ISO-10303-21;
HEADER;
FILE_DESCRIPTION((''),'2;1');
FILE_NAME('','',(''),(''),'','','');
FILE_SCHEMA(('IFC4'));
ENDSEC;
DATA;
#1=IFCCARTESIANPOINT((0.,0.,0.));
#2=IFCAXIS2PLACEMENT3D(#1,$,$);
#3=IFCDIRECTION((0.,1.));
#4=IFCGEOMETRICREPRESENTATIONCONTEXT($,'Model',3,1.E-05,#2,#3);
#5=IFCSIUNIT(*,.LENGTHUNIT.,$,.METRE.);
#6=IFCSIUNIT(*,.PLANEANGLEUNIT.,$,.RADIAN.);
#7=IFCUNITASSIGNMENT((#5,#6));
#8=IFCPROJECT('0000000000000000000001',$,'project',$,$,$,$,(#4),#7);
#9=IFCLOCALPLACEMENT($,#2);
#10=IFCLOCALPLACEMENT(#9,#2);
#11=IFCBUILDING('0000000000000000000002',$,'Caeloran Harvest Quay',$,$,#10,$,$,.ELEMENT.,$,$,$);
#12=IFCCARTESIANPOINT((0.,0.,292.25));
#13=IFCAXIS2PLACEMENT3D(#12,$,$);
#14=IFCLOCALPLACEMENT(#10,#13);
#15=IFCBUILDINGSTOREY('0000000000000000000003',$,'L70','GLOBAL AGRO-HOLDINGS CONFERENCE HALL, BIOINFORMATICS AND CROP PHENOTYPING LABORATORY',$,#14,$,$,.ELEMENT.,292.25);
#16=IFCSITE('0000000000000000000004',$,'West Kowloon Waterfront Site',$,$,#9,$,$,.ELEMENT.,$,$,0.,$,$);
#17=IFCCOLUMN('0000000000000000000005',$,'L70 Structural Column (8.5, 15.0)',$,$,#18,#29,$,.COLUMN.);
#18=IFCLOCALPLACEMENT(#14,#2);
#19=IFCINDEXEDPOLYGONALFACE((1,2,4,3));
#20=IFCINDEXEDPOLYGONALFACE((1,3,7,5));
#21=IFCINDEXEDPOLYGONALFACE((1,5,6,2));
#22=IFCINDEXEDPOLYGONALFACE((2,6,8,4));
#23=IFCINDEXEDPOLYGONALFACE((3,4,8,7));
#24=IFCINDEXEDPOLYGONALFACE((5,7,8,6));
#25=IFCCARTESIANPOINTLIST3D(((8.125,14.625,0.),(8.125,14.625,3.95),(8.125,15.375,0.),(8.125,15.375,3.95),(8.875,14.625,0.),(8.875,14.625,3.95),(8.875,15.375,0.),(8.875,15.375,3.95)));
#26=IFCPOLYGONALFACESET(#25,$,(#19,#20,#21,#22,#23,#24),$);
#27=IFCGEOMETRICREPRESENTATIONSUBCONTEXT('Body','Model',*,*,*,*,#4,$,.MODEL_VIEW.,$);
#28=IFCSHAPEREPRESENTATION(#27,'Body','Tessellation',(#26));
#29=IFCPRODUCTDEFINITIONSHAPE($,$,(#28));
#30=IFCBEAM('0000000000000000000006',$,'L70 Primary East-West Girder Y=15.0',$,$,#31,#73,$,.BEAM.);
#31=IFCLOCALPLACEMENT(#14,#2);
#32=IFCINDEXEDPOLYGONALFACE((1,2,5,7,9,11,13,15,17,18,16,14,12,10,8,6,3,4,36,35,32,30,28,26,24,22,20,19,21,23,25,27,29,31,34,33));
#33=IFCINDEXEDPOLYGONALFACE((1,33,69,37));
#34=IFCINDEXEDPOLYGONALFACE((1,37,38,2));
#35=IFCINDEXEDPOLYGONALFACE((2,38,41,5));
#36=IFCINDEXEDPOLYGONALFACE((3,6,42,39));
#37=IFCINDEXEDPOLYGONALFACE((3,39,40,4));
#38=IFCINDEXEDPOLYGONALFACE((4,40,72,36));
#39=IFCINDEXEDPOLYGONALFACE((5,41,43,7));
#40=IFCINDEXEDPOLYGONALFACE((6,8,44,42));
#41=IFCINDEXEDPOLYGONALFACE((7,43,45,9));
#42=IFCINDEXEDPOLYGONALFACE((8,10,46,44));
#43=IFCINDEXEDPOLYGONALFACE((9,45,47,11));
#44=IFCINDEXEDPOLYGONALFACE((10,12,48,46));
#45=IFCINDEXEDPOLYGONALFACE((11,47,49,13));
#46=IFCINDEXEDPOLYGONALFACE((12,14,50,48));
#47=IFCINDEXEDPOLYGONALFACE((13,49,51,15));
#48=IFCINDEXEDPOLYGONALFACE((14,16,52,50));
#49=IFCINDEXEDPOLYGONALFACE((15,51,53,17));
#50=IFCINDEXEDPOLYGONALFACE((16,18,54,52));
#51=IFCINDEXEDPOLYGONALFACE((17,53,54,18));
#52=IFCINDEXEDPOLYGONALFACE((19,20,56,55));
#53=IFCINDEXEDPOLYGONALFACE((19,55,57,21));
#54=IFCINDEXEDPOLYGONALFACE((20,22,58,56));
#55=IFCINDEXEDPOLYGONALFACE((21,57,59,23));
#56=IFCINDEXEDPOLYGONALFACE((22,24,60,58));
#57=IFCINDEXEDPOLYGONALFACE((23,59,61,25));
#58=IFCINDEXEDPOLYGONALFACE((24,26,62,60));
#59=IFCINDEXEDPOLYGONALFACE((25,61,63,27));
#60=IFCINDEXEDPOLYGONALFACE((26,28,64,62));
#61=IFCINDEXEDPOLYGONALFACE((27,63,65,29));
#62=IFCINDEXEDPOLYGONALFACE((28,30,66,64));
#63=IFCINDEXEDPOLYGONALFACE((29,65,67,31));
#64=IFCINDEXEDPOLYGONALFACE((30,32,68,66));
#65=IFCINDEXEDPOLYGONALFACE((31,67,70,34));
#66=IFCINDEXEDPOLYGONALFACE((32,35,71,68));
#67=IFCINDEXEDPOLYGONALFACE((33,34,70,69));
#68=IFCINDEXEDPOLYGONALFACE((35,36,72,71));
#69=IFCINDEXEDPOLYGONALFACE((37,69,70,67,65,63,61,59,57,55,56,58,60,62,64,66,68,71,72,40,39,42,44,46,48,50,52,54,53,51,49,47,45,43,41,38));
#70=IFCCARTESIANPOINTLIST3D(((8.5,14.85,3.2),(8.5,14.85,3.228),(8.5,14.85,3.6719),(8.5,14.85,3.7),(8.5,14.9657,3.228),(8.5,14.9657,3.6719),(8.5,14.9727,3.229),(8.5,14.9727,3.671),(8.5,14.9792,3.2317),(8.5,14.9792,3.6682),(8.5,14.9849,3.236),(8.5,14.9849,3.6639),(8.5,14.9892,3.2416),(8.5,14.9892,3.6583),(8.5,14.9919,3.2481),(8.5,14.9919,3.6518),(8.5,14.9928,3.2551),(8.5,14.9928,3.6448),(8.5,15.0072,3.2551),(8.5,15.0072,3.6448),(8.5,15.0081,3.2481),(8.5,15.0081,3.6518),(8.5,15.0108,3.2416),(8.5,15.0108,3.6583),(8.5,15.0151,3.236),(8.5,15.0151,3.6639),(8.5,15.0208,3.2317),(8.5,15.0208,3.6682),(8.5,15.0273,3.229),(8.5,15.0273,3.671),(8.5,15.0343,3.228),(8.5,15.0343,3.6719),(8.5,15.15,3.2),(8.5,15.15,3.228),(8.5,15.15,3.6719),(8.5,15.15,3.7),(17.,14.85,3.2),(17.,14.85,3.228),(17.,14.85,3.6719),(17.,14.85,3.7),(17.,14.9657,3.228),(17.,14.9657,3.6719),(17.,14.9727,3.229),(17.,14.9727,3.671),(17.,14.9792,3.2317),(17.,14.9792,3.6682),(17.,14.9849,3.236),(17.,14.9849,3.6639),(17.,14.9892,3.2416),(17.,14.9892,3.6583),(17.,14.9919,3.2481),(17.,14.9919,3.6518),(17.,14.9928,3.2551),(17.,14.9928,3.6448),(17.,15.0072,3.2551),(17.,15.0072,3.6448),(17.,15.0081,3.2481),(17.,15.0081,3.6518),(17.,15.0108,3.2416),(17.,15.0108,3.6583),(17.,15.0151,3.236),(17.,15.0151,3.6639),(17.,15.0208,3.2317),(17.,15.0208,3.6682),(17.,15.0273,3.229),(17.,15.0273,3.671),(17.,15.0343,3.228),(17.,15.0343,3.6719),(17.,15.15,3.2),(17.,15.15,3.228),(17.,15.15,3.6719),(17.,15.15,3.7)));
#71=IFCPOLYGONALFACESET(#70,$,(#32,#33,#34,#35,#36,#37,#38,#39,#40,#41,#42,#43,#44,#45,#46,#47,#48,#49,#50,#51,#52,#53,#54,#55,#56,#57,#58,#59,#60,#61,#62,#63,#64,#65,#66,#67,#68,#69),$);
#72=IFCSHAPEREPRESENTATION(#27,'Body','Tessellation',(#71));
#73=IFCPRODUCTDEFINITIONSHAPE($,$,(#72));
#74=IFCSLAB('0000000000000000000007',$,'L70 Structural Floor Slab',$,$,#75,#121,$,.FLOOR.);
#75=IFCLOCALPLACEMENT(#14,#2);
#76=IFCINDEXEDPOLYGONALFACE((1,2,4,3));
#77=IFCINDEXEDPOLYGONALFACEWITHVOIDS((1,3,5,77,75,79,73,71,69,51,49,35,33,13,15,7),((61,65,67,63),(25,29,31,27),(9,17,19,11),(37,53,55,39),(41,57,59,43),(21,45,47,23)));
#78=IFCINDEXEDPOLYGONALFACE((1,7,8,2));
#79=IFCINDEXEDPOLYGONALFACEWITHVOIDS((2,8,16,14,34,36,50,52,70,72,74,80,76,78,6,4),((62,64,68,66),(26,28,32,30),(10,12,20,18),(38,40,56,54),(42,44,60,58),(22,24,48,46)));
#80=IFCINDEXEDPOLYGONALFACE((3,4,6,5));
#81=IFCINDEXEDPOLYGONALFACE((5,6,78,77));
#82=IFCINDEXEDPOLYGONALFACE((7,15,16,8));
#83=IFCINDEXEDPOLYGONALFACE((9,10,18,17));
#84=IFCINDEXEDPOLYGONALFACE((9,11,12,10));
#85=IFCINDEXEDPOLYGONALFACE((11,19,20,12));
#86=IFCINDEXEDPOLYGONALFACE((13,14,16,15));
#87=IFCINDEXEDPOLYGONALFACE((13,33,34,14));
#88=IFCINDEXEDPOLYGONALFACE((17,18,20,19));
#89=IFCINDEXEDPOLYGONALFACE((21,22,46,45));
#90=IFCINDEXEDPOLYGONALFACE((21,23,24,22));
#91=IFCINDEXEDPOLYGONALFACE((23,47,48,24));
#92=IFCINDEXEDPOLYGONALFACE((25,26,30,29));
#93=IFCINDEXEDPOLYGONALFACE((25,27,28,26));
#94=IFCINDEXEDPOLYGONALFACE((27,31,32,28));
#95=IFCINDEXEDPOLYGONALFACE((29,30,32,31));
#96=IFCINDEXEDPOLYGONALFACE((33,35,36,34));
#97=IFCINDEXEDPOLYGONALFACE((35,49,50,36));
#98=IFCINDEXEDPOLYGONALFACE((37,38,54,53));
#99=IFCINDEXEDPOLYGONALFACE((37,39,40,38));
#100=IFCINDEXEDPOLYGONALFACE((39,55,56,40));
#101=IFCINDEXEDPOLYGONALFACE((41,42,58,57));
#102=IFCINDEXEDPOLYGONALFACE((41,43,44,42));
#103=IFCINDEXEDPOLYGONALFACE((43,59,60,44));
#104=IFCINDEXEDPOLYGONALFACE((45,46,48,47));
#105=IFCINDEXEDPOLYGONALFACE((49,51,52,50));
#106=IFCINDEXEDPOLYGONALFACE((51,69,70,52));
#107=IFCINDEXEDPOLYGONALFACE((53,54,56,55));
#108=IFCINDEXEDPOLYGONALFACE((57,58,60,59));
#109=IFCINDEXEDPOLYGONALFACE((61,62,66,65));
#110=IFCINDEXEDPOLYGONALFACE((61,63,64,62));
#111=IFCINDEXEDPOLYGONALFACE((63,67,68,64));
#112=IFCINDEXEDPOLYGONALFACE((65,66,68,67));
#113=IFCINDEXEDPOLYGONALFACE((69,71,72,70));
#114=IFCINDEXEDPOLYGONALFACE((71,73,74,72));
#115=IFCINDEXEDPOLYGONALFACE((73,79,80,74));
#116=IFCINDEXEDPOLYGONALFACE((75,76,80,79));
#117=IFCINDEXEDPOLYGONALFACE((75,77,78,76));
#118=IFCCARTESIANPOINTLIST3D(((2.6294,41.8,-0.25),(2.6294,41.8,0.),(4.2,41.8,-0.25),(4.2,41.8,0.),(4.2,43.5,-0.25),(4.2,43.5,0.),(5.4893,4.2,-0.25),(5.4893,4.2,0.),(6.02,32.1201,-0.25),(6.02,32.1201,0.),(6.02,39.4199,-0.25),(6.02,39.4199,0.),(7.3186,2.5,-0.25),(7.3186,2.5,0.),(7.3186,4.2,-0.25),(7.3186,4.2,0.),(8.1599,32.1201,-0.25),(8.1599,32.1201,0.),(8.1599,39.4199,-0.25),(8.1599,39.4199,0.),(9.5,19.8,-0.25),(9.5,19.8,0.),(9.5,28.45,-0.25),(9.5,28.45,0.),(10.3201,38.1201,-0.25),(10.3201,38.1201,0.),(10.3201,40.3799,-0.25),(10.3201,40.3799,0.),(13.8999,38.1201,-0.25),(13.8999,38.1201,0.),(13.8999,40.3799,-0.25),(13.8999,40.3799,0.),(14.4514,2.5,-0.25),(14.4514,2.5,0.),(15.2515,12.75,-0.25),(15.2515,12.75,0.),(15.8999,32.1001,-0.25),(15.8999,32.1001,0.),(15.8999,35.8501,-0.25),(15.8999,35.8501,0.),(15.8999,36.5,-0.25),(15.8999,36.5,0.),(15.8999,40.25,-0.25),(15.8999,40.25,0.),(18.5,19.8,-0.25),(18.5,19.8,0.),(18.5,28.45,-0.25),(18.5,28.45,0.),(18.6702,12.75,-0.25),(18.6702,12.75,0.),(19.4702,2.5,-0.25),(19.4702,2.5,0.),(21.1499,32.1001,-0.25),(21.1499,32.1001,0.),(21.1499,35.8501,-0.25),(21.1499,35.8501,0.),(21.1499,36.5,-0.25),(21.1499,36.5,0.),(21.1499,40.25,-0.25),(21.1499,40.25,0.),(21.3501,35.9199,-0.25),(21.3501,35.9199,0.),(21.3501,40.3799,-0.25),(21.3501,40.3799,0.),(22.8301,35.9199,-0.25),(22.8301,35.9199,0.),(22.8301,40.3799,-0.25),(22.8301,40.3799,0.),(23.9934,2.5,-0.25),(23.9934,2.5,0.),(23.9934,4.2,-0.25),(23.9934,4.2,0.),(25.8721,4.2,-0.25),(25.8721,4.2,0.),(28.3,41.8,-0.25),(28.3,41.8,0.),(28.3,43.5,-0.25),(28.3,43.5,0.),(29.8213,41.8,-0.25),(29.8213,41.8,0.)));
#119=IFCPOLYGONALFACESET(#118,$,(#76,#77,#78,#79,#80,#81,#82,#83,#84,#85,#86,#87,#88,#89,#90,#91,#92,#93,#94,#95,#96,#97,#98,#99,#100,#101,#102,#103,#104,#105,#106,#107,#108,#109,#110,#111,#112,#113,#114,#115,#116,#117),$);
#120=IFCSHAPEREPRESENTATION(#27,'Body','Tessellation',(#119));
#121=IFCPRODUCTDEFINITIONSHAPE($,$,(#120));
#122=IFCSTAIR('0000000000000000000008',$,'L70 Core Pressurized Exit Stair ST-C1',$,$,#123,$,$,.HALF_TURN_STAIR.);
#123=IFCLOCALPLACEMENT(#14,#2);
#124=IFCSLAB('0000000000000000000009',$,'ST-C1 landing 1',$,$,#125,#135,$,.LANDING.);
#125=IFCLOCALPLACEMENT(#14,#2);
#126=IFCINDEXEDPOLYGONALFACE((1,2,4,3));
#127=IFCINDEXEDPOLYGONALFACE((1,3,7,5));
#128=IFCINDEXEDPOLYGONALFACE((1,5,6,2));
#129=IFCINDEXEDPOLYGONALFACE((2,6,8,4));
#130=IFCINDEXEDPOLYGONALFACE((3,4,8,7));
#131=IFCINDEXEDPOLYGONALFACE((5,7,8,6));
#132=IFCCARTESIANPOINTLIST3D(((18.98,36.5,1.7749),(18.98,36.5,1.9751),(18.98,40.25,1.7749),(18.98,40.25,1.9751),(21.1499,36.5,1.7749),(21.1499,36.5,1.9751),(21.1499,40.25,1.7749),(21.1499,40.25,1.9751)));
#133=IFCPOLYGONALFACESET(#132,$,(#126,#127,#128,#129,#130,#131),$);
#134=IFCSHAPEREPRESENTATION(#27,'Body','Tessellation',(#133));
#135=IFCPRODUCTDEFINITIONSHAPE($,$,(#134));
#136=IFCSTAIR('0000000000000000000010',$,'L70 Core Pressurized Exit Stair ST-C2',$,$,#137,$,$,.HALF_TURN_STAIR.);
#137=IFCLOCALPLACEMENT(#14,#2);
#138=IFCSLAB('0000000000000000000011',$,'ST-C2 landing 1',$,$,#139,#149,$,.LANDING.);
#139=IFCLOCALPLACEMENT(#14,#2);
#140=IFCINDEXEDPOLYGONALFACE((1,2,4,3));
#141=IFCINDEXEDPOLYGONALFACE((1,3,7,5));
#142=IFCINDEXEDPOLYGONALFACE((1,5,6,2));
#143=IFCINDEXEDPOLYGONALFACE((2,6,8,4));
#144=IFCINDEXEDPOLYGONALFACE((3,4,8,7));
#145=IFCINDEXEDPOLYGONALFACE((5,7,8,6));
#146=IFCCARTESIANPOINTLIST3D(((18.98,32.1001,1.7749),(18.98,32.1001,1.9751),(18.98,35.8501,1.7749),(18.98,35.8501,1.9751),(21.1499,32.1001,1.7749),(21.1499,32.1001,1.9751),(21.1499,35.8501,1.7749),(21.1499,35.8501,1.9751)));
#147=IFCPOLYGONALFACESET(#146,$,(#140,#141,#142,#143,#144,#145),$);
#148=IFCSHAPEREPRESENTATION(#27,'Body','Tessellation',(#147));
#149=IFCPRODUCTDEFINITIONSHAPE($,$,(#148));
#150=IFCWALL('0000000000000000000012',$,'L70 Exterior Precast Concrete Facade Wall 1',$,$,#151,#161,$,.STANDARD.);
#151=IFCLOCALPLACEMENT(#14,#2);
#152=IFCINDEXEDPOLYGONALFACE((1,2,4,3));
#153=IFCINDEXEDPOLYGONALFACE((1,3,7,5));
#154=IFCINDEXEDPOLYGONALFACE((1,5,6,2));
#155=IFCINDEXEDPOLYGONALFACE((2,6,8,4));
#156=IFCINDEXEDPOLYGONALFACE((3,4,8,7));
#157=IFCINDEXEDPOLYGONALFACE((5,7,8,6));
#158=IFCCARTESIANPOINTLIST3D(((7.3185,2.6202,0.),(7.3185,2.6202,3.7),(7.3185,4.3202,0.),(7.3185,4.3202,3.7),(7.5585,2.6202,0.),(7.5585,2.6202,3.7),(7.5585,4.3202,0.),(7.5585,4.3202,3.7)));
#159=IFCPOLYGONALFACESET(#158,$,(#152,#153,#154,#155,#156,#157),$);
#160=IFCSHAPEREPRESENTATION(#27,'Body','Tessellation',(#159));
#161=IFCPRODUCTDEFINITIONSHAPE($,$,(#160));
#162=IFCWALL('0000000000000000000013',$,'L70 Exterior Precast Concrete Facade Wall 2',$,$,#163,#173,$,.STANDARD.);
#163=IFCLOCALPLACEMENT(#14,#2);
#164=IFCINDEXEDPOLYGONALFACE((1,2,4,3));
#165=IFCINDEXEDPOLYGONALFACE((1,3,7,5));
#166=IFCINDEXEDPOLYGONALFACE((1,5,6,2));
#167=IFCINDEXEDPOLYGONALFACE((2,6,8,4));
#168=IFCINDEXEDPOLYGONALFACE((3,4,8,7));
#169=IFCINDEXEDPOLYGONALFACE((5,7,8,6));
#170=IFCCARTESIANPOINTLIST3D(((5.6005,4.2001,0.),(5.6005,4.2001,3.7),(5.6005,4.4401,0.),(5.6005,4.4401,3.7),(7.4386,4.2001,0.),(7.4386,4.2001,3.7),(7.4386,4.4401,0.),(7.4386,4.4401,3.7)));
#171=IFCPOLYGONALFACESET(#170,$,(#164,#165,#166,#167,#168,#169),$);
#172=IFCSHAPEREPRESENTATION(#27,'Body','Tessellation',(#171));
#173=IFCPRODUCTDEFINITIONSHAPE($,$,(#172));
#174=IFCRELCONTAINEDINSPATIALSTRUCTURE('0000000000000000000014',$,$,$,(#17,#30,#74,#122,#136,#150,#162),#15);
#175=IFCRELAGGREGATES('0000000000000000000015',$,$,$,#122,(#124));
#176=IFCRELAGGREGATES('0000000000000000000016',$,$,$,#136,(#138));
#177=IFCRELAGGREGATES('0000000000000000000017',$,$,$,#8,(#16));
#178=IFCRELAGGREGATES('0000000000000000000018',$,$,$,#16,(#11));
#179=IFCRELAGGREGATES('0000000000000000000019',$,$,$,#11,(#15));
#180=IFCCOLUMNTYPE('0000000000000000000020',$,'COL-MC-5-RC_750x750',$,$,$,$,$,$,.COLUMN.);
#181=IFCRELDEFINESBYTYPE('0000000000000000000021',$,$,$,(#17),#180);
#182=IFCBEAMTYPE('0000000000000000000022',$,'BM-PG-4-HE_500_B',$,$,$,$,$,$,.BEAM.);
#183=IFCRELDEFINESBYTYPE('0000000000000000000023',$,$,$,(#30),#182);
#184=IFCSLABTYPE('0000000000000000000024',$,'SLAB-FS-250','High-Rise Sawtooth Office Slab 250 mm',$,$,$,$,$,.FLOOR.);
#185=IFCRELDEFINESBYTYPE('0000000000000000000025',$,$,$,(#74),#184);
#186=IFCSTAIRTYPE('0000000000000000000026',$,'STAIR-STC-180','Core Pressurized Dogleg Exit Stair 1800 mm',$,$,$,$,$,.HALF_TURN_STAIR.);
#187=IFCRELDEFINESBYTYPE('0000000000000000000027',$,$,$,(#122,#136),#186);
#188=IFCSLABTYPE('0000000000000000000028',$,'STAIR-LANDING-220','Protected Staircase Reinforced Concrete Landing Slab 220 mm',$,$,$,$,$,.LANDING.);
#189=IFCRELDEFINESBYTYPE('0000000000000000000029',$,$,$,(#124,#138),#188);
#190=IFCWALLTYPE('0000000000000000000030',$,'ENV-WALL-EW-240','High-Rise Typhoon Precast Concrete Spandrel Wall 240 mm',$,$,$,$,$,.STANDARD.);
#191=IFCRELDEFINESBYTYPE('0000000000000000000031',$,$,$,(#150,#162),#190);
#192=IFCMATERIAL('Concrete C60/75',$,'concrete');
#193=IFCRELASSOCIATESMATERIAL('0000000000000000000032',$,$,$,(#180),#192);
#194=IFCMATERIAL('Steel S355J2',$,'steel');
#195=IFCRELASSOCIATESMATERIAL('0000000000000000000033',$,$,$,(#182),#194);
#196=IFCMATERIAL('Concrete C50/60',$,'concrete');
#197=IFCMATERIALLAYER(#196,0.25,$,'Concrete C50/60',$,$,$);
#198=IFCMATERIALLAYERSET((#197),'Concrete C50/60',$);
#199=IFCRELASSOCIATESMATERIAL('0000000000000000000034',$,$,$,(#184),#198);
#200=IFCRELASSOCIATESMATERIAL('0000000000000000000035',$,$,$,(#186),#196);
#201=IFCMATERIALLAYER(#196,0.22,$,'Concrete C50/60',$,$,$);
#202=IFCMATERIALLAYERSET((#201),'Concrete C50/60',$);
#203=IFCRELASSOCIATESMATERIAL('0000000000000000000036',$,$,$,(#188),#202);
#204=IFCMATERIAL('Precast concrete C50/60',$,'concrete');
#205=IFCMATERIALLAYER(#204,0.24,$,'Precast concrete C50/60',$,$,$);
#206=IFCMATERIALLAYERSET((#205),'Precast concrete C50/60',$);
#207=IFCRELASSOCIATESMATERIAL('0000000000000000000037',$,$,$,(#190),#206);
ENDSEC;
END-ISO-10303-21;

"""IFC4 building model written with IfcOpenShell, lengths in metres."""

from ifc_helpers import new_model, si_unit, direction, frame, frame_2d, origin, origin_2d, place, context, subcontext, project, spatial, polyline, rectangle, i_section, outline, extrude, material, layer, layer_set, material_profile, profile_set, type_object, element, aggregate, save


model = new_model("IFC4")

# Units and contexts
model_context = context("Model", 3, precision=1e-05, world=origin(), true_north=direction((0.0, 1.0)))
body_context = subcontext(model_context, "Body", "Model", "MODEL_VIEW")
ifc_project = project(units=[si_unit("LENGTHUNIT", "METRE"), si_unit("PLANEANGLEUNIT", "RADIAN")], contexts=[model_context])

# Site, building, storey
site_placement = place(None, origin())
site = spatial("IfcSite", under=ifc_project, at=site_placement, Name="West Kowloon Waterfront Site", CompositionType="ELEMENT", RefElevation=0.0)
building_placement = place(site_placement, origin())
building = spatial("IfcBuilding", under=site, at=building_placement, Name="Caeloran Harvest Quay", CompositionType="ELEMENT")
storey_placement = place(building_placement, frame((0.0, 0.0, 292.25)))
storey = spatial("IfcBuildingStorey", under=building, at=storey_placement, Name="L70", Description="GLOBAL AGRO-HOLDINGS CONFERENCE HALL, BIOINFORMATICS AND CROP PHENOTYPING LABORATORY", CompositionType="ELEMENT", Elevation=292.25)

# Column
ifc_material_1 = material(Name="Concrete C60/75", Category="concrete")
ifc_material_profile_1 = material_profile(ifc_material_1, rectangle(XDim=0.75, YDim=0.75, at=origin_2d()), Name="RC 750x750")
ifc_profile_set_1 = profile_set([ifc_material_profile_1], Name="Concrete C60/75")
column_type = type_object("IfcColumnType", Name="COL-MC-5-RC_750x750", PredefinedType="COLUMN", material=ifc_profile_set_1)
column_placement = place(storey_placement, frame((8.5, 15.0, 0.0), z_axis=(0.0, 0.0, 1.0), x_axis=(1.0, 0.0, 0.0)))
element("IfcColumn", 1, at=column_placement, inside=storey, type_object=column_type, Name="L70 Structural Column (8.5, 15.0)", PredefinedType="COLUMN", context=body_context, shape_type="SweptSolid", body=[
    extrude(rectangle(XDim=0.75, YDim=0.75, at=origin_2d()), origin(), (0.0, 0.0, 1.0), 3.95),
])

# Beam
ifc_material_2 = material(Name="Steel S355J2", Category="steel")
ifc_material_profile_2 = material_profile(ifc_material_2, i_section(OverallWidth=0.3, OverallDepth=0.5, WebThickness=0.0144, FlangeThickness=0.0281, FilletRadius=0.0271, at=origin_2d()), Name="HE 500 B")
ifc_profile_set_2 = profile_set([ifc_material_profile_2], Name="Steel S355J2")
beam_type = type_object("IfcBeamType", Name="BM-PG-4-HE_500_B", PredefinedType="BEAM", material=ifc_profile_set_2)
beam_placement = place(storey_placement, frame((8.5, 15.0, 3.45), z_axis=(1.0, 0.0, 0.0), x_axis=(0.0, 1.0, 0.0)))
element("IfcBeam", 2, at=beam_placement, inside=storey, type_object=beam_type, Name="L70 Primary East-West Girder Y=15.0", PredefinedType="BEAM", context=body_context, shape_type="SweptSolid", body=[
    extrude(i_section(OverallWidth=0.3, OverallDepth=0.5, WebThickness=0.0144, FlangeThickness=0.0281, FilletRadius=0.0271, at=origin_2d()), origin(), (0.0, 0.0, 1.0), 8.5),
])

# Slab
ifc_material_3 = material(Name="Concrete C50/60", Category="concrete")
ifc_layer_1 = layer(ifc_material_3, 0.25, Name="Concrete C50/60")
ifc_layer_set_1 = layer_set([ifc_layer_1], Name="Concrete C50/60")
slab_type_1 = type_object("IfcSlabType", Name="SLAB-FS-250", Description="High-Rise Sawtooth Office Slab 250 mm", PredefinedType="FLOOR", material=ifc_layer_set_1)
slab_1_placement = place(storey_placement, frame((0.0, 0.0, -0.25)))
element("IfcSlab", 3, at=slab_1_placement, inside=storey, type_object=slab_type_1, Name="L70 Structural Floor Slab", PredefinedType="FLOOR", context=body_context, shape_type="SweptSolid", body=[
    extrude(outline(polyline([(7.3186, 2.5), (14.4514, 2.5), (15.2515, 12.75), (18.6702, 12.75), (19.4702, 2.5), (23.9934, 2.5), (23.9934, 4.2), (25.8721, 4.2), (29.8213, 41.8), (28.3, 41.8), (28.3, 43.5), (4.2, 43.5), (4.2, 41.8), (2.6294, 41.8), (5.4893, 4.2), (7.3186, 4.2), (7.3186, 2.5)]), holes=[polyline([(18.5, 28.45), (18.5, 19.8), (9.5, 19.8), (9.5, 28.45), (18.5, 28.45)]), polyline([(15.8999, 32.1001), (15.8999, 35.8501), (21.1499, 35.8501), (21.1499, 32.1001), (15.8999, 32.1001)]), polyline([(8.1599, 32.1201), (6.02, 32.1201), (6.02, 39.4199), (8.1599, 39.4199), (8.1599, 32.1201)]), polyline([(22.8301, 40.3799), (22.8301, 35.9199), (21.3501, 35.9199), (21.3501, 40.3799), (22.8301, 40.3799)]), polyline([(15.8999, 36.5), (15.8999, 40.25), (21.1499, 40.25), (21.1499, 36.5), (15.8999, 36.5)]), polyline([(13.8999, 38.1201), (10.3201, 38.1201), (10.3201, 40.3799), (13.8999, 40.3799), (13.8999, 38.1201)])]), origin(), (0.0, 0.0, 1.0), 0.25),
])

# Stairs, slabs
stair_type = type_object("IfcStairType", Name="STAIR-STC-180", Description="Core Pressurized Dogleg Exit Stair 1800 mm", PredefinedType="HALF_TURN_STAIR", material=ifc_material_3)
stair_1_placement = place(storey_placement, origin())
stair_1 = element("IfcStair", 4, at=stair_1_placement, inside=storey, type_object=stair_type, Name="L70 Core Pressurized Exit Stair ST-C1", PredefinedType="HALF_TURN_STAIR")
ifc_layer_2 = layer(ifc_material_3, 0.22, Name="Concrete C50/60")
ifc_layer_set_2 = layer_set([ifc_layer_2], Name="Concrete C50/60")
slab_type_2 = type_object("IfcSlabType", Name="STAIR-LANDING-220", Description="Protected Staircase Reinforced Concrete Landing Slab 220 mm", PredefinedType="LANDING", material=ifc_layer_set_2)
slab_2_placement = place(storey_placement, frame((0.0, 0.0, 1.7749)))
slab_2 = element("IfcSlab", 5, at=slab_2_placement, type_object=slab_type_2, Name="ST-C1 landing 1", PredefinedType="LANDING", context=body_context, shape_type="SweptSolid", body=[
    extrude(outline(polyline([(18.98, 36.5), (21.1499, 36.5), (21.1499, 40.25), (18.98, 40.25), (18.98, 36.5)])), origin(), (0.0, 0.0, 1.0), 0.2002),
])
aggregate(stair_1, [slab_2])
stair_2_placement = place(storey_placement, origin())
stair_2 = element("IfcStair", 6, at=stair_2_placement, inside=storey, type_object=stair_type, Name="L70 Core Pressurized Exit Stair ST-C2", PredefinedType="HALF_TURN_STAIR")
slab_3_placement = place(storey_placement, frame((0.0, 0.0, 1.7749)))
slab_3 = element("IfcSlab", 7, at=slab_3_placement, type_object=slab_type_2, Name="ST-C2 landing 1", PredefinedType="LANDING", context=body_context, shape_type="SweptSolid", body=[
    extrude(outline(polyline([(18.98, 32.1001), (21.1499, 32.1001), (21.1499, 35.8501), (18.98, 35.8501), (18.98, 32.1001)])), origin(), (0.0, 0.0, 1.0), 0.2002),
])
aggregate(stair_2, [slab_3])

# Walls
ifc_material_4 = material(Name="Precast concrete C50/60", Category="concrete")
ifc_layer_3 = layer(ifc_material_4, 0.24, Name="Precast concrete C50/60")
ifc_layer_set_3 = layer_set([ifc_layer_3], Name="Precast concrete C50/60")
wall_type = type_object("IfcWallType", Name="ENV-WALL-EW-240", Description="High-Rise Typhoon Precast Concrete Spandrel Wall 240 mm", PredefinedType="STANDARD", material=ifc_layer_set_3)
wall_1_placement = place(storey_placement, frame((7.4385, 2.6201, 0.0), z_axis=(0.0, 0.0, 1.0), x_axis=(0.0, 1.0, 0.0)))
element("IfcWall", 8, at=wall_1_placement, inside=storey, type_object=wall_type, Name="L70 Exterior Precast Concrete Facade Wall 1", PredefinedType="STANDARD", context=body_context, shape_type="SweptSolid", body=[
    extrude(rectangle(XDim=1.7, YDim=0.24, at=frame_2d((0.8501, 0.0))), origin(), (0.0, 0.0, 1.0), 3.7),
])
wall_2_placement = place(storey_placement, frame((7.4385, 4.3201, 0.0), z_axis=(0.0, 0.0, 1.0), x_axis=(-1.0, 0.0, 0.0)))
element("IfcWall", 9, at=wall_2_placement, inside=storey, type_object=wall_type, Name="L70 Exterior Precast Concrete Facade Wall 2", PredefinedType="STANDARD", context=body_context, shape_type="SweptSolid", body=[
    extrude(rectangle(XDim=1.8381, YDim=0.24, at=frame_2d((0.9189, 0.0))), origin(), (0.0, 0.0, 1.0), 3.7),
])

save(model, "model.ifc")
